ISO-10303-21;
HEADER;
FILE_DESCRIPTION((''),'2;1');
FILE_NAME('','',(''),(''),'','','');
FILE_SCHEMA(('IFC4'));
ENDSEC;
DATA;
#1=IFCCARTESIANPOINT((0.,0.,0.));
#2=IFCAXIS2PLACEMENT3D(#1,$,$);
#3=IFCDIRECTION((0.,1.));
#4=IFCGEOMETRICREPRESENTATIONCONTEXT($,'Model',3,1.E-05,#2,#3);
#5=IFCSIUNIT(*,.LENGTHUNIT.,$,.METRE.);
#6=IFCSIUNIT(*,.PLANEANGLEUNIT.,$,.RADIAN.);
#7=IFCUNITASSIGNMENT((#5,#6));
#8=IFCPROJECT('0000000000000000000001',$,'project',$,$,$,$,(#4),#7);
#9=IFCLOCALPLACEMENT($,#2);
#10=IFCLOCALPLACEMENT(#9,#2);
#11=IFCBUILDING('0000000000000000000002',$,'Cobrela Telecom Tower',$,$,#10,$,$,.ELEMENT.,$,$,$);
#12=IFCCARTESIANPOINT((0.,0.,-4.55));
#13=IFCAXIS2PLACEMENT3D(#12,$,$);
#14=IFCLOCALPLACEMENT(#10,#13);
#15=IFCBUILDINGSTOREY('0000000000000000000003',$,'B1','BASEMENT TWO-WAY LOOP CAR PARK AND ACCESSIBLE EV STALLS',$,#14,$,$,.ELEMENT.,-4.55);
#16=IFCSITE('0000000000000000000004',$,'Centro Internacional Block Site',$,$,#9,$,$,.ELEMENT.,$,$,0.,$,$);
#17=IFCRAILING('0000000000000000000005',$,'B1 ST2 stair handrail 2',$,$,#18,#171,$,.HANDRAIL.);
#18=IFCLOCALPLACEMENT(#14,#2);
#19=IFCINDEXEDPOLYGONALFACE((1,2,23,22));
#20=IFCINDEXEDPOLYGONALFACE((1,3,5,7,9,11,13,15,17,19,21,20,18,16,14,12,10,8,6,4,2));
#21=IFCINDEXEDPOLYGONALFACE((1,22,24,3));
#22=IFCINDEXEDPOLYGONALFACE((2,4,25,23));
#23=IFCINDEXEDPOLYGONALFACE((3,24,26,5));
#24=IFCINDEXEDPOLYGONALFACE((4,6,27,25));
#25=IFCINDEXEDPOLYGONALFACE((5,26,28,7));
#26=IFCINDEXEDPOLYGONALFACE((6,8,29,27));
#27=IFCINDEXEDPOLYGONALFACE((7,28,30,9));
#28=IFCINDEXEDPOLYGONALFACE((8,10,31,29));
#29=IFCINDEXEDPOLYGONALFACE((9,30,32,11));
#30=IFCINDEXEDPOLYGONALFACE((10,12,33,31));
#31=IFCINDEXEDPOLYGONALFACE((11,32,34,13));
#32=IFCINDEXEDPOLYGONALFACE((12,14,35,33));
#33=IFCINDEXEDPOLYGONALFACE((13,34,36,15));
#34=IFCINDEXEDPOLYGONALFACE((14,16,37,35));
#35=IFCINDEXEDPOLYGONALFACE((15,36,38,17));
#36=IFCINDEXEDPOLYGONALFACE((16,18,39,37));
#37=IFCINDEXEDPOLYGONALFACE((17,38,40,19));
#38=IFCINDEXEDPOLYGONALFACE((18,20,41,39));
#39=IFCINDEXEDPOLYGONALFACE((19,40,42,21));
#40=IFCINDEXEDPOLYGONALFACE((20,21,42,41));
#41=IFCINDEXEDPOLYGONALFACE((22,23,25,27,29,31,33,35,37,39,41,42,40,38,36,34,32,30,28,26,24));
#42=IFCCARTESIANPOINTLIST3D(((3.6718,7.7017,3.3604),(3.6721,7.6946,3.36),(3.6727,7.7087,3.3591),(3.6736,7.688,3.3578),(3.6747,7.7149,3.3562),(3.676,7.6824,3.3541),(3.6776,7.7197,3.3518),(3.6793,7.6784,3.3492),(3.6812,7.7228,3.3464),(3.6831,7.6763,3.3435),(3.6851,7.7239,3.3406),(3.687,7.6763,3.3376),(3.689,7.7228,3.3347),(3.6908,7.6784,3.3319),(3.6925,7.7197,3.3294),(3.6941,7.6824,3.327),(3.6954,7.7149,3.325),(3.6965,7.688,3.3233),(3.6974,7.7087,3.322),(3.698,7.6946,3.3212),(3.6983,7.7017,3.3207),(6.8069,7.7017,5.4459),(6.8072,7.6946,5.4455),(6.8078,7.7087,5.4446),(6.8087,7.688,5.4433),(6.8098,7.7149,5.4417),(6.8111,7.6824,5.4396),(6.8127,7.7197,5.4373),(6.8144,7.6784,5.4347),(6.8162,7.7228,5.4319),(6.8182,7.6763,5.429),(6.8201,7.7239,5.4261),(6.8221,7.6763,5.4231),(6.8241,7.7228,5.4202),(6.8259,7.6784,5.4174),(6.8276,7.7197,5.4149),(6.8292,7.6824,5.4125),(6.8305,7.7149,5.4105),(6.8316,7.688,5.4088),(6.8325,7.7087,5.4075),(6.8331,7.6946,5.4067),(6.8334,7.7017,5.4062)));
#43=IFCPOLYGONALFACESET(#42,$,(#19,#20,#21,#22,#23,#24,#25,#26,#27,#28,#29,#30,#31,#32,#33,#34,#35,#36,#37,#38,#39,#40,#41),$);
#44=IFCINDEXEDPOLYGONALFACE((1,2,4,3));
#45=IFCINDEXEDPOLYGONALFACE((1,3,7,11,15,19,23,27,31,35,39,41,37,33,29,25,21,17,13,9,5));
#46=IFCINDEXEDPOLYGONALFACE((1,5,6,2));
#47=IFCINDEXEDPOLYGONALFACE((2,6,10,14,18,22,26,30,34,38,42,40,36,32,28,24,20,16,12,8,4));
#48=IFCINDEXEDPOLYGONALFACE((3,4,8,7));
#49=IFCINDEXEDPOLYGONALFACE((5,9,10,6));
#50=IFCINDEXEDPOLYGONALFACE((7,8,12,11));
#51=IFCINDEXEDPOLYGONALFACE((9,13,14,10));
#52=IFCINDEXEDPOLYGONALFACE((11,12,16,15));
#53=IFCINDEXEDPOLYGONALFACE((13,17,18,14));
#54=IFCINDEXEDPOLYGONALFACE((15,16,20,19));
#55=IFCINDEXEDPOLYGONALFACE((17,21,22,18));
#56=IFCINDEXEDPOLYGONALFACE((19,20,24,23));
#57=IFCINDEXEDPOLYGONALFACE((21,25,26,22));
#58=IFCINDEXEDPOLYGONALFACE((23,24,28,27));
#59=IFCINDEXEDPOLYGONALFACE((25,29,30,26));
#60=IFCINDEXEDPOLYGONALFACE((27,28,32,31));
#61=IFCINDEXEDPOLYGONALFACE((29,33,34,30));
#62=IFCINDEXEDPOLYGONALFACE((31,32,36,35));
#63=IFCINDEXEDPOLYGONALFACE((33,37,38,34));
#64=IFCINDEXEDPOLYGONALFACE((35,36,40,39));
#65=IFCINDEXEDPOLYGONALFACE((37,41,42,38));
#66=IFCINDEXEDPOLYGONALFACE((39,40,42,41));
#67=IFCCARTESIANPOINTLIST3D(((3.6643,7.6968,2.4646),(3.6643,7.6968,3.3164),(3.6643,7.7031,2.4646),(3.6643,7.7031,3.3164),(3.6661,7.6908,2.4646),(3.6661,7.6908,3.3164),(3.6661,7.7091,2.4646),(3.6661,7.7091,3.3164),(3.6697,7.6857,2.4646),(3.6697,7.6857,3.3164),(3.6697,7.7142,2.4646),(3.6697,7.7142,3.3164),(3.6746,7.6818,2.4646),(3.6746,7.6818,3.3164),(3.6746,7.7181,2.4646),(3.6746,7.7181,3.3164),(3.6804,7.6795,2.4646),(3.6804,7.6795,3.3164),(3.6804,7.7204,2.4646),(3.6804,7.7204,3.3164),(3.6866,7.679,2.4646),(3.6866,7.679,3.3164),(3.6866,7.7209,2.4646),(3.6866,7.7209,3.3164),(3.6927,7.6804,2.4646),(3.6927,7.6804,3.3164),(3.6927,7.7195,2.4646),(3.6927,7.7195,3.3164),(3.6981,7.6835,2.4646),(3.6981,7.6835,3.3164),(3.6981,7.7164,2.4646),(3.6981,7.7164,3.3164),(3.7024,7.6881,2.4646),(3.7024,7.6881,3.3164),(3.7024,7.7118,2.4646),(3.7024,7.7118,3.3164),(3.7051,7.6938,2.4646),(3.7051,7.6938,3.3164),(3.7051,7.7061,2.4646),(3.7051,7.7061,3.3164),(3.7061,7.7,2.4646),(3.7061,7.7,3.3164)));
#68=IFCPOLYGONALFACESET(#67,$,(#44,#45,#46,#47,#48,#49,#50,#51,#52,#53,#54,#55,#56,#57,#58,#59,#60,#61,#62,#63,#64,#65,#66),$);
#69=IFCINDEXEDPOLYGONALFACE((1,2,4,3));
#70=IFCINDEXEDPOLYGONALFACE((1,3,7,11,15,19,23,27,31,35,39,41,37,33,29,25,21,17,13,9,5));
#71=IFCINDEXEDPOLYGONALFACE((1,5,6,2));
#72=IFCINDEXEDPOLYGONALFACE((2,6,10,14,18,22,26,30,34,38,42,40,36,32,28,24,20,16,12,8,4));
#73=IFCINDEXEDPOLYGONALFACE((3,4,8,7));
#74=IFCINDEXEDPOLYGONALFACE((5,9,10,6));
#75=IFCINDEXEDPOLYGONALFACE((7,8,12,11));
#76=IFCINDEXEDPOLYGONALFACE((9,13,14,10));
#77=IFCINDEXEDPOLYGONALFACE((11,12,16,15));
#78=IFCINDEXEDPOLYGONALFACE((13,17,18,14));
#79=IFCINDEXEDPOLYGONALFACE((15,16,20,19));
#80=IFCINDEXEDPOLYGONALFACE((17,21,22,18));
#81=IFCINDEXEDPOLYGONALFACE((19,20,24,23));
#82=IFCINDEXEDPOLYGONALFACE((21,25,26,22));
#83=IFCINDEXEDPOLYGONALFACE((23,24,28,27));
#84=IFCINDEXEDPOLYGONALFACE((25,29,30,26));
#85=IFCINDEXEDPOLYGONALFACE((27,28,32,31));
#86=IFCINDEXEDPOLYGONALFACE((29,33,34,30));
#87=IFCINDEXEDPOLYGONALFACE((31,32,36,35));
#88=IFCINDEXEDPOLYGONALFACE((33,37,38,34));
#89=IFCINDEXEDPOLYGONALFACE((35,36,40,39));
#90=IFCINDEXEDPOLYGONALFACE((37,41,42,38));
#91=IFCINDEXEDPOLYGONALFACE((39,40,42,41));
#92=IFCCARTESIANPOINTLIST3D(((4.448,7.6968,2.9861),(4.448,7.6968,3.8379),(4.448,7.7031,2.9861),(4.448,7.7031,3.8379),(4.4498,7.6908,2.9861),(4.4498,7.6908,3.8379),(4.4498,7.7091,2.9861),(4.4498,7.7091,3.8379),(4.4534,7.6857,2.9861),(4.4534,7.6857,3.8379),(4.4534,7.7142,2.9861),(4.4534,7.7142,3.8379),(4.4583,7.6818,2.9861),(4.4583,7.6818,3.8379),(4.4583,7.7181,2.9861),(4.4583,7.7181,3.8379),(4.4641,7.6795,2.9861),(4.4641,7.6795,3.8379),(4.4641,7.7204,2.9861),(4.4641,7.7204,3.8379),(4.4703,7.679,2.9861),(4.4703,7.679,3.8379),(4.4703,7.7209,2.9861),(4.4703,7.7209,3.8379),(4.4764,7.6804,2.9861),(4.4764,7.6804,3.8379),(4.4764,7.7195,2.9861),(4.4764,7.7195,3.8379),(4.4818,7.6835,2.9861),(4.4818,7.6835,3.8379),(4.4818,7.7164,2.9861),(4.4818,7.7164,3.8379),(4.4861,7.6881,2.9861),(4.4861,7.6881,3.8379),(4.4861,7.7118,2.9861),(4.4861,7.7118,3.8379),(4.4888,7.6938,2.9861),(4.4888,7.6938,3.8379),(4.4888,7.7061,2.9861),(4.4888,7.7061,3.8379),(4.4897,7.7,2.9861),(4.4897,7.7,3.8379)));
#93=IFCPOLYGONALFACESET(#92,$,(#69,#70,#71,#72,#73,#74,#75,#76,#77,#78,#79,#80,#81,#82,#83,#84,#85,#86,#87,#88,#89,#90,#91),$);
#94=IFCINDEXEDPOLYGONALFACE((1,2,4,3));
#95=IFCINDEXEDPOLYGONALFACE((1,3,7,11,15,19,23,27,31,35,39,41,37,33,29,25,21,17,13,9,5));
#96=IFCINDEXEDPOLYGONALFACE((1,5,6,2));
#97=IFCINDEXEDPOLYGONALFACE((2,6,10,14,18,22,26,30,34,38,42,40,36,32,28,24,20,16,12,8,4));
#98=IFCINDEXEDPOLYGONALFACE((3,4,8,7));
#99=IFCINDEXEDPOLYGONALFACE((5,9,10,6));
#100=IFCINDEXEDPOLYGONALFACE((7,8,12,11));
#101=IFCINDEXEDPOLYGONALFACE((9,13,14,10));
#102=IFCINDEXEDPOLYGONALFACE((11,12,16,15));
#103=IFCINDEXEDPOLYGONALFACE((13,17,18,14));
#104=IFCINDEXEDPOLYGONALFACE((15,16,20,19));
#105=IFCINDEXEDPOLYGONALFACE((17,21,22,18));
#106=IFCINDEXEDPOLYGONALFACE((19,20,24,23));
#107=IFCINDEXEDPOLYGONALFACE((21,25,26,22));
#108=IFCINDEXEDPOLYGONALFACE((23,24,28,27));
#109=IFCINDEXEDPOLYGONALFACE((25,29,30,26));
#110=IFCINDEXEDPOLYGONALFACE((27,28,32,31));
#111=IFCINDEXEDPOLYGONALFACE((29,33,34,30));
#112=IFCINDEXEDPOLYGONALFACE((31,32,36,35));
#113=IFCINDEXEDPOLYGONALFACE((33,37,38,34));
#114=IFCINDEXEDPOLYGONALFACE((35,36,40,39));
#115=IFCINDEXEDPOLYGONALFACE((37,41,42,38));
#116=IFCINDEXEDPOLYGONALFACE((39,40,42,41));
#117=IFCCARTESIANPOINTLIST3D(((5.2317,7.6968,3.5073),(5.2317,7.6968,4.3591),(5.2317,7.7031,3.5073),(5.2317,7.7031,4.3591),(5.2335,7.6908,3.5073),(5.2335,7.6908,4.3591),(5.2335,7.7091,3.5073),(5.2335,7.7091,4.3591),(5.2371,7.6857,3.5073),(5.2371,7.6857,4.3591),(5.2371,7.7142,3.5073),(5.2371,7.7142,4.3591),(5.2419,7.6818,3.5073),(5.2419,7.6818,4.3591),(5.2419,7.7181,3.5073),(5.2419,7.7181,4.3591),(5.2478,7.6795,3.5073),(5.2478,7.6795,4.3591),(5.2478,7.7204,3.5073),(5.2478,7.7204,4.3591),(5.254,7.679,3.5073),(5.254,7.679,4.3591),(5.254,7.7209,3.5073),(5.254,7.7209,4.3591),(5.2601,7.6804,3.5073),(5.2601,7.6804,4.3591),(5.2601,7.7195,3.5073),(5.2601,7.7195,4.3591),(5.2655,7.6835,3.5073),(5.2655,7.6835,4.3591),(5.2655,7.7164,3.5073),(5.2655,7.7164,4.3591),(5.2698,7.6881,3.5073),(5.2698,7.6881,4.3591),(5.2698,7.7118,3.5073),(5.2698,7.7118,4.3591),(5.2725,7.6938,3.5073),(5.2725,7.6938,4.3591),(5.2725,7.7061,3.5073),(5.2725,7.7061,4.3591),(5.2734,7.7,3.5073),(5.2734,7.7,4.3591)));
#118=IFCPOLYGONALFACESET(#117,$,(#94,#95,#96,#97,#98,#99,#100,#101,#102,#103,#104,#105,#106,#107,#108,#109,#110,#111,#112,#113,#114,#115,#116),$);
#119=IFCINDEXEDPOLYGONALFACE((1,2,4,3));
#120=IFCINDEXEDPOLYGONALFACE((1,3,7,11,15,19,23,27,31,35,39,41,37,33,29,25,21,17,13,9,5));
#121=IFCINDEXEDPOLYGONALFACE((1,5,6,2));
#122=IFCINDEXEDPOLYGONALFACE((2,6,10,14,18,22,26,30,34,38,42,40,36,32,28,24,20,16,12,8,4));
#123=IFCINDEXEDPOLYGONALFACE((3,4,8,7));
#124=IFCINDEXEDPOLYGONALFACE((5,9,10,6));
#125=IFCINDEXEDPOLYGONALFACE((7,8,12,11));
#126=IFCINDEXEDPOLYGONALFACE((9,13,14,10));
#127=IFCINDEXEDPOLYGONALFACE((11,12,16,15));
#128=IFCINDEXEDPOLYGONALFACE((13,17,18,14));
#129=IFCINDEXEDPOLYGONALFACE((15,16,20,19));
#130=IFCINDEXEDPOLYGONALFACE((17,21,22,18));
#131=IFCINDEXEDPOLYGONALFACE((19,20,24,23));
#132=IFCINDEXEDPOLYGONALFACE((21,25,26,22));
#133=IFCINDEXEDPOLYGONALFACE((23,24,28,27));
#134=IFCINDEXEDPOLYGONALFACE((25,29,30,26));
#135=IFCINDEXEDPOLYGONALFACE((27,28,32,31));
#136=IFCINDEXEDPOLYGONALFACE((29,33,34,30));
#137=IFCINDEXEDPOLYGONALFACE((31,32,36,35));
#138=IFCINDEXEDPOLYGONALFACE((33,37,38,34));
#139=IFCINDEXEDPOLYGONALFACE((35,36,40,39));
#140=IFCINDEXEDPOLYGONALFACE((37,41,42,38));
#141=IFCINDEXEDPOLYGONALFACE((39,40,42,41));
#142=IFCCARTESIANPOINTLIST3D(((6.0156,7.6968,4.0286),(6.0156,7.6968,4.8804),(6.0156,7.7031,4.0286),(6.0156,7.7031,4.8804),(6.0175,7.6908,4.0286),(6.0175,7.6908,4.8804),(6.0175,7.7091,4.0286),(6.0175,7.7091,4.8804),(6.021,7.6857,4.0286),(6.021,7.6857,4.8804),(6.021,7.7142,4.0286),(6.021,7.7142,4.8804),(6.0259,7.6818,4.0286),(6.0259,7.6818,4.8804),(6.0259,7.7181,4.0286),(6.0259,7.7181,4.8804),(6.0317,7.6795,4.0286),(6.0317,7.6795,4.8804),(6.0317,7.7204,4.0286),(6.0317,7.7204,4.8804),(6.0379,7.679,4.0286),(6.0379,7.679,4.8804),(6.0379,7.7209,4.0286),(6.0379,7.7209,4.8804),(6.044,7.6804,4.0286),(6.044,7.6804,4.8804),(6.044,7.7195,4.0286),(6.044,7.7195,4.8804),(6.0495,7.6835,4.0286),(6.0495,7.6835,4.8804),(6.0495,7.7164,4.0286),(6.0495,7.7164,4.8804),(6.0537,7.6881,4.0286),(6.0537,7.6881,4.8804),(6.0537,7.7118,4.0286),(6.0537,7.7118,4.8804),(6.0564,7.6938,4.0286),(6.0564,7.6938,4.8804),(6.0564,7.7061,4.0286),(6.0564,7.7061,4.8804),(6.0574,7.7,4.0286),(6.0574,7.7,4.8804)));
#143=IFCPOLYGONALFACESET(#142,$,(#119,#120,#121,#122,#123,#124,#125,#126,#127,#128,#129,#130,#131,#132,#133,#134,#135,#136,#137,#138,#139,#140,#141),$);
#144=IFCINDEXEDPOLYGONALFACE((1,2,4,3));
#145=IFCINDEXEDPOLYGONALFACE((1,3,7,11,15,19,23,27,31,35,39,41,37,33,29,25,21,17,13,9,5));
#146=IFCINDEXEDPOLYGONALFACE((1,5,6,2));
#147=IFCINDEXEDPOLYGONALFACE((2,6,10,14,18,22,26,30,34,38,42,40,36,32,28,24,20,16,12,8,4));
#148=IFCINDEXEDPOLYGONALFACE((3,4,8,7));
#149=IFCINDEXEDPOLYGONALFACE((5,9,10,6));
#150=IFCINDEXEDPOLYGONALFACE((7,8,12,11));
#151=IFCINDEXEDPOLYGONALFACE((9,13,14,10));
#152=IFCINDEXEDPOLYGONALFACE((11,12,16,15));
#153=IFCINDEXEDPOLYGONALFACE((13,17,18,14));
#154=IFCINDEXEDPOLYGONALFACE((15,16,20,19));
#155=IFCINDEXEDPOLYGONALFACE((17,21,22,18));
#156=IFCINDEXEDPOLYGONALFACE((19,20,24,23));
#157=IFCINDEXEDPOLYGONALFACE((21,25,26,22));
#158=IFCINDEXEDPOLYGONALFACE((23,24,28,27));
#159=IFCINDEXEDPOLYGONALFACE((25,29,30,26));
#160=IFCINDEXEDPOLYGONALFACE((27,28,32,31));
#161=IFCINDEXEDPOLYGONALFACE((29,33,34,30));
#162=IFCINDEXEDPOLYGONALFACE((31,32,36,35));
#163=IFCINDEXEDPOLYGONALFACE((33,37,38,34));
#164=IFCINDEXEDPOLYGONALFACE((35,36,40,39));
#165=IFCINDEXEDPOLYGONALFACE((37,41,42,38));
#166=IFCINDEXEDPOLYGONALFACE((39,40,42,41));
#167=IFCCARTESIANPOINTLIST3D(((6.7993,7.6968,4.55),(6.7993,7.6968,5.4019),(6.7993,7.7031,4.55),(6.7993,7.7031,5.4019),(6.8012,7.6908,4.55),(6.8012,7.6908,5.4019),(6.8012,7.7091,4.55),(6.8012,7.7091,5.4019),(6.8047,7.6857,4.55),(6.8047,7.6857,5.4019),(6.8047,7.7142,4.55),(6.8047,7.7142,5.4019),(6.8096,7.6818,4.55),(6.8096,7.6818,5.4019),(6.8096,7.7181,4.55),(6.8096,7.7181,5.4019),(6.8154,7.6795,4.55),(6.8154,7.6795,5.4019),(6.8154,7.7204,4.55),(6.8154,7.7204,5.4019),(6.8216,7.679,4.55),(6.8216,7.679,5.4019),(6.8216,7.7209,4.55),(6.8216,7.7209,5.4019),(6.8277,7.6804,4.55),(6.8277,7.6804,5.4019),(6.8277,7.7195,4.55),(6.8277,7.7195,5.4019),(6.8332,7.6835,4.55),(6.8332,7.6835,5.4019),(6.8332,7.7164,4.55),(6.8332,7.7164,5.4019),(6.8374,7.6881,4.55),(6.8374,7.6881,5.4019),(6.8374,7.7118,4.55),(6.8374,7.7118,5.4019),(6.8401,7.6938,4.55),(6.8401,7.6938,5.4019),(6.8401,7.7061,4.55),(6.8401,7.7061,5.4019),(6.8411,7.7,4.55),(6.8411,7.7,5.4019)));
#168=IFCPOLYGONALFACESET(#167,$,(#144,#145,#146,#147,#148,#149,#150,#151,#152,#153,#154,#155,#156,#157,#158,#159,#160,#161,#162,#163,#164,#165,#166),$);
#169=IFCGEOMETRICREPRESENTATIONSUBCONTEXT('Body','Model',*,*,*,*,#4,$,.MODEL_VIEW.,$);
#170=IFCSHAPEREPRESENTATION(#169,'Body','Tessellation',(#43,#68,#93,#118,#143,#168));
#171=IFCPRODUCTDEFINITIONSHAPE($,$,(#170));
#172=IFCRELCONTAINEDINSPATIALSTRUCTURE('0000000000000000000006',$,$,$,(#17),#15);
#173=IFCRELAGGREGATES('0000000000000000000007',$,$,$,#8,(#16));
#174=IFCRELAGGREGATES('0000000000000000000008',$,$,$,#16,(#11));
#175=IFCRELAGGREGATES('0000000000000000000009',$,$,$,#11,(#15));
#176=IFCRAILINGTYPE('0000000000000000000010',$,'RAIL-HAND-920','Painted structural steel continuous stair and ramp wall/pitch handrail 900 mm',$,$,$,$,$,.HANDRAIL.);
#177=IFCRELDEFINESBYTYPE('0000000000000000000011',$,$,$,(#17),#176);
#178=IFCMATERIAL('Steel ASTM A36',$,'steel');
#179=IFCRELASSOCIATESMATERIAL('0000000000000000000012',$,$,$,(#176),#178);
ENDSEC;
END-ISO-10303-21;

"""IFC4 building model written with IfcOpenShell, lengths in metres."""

from ifc_helpers import new_model, si_unit, direction, frame, origin, origin_2d, place, context, subcontext, project, spatial, circle, extrude, material, type_object, element, save


model = new_model("IFC4")

# Units and contexts
model_context = context("Model", 3, precision=1e-05, world=origin(), true_north=direction((0.0, 1.0)))
body_context = subcontext(model_context, "Body", "Model", "MODEL_VIEW")
ifc_project = project(units=[si_unit("LENGTHUNIT", "METRE"), si_unit("PLANEANGLEUNIT", "RADIAN")], contexts=[model_context])

# Site, building, storey
site_placement = place(None, origin())
site = spatial("IfcSite", under=ifc_project, at=site_placement, Name="Centro Internacional Block Site", CompositionType="ELEMENT", RefElevation=0.0)
building_placement = place(site_placement, origin())
building = spatial("IfcBuilding", under=site, at=building_placement, Name="Cobrela Telecom Tower", CompositionType="ELEMENT")
storey_placement = place(building_placement, frame((0.0, 0.0, -4.55)))
storey = spatial("IfcBuildingStorey", under=building, at=storey_placement, Name="B1", Description="BASEMENT TWO-WAY LOOP CAR PARK AND ACCESSIBLE EV STALLS", CompositionType="ELEMENT", Elevation=-4.55)

# Shared definitions
ifc_material_1 = material(Name="Steel ASTM A36", Category="steel")

# Railing
railing_type_1 = type_object("IfcRailingType", Name="RAIL-HAND-920", Description="Painted structural steel continuous stair and ramp wall/pitch handrail 900 mm", PredefinedType="HANDRAIL", material=ifc_material_1)
railing_1_placement = place(storey_placement, frame((3.6851, 7.7, 2.4646)))
element("IfcRailing", 1, at=railing_1_placement, inside=storey, type_object=railing_type_1, Name="B1 ST2 stair handrail 2", PredefinedType="HANDRAIL", context=body_context, shape_type="SweptSolid", body=[
    extrude(circle(Radius=0.0239, at=origin_2d()), frame((0.0, 0.0, 0.876), z_axis=(0.832608, 0.0, 0.553862), x_axis=(0.0, 1.0, 0.0)), (0.0, 0.0, 1.0), 3.7654),
    extrude(circle(Radius=0.021, at=origin_2d()), origin(), (0.0, 0.0, 1.0), 0.8518),
    extrude(circle(Radius=0.021, at=origin_2d()), frame((0.7837, 0.0, 0.5215)), (0.0, 0.0, 1.0), 0.8518),
    extrude(circle(Radius=0.021, at=origin_2d()), frame((1.5674, 0.0, 1.0427)), (0.0, 0.0, 1.0), 0.8518),
    extrude(circle(Radius=0.021, at=origin_2d()), frame((2.3513, 0.0, 1.564)), (0.0, 0.0, 1.0), 0.8518),
    extrude(circle(Radius=0.021, at=origin_2d()), frame((3.135, 0.0, 2.0854)), (0.0, 0.0, 1.0), 0.8518),
])

save(model, "model.ifc")
